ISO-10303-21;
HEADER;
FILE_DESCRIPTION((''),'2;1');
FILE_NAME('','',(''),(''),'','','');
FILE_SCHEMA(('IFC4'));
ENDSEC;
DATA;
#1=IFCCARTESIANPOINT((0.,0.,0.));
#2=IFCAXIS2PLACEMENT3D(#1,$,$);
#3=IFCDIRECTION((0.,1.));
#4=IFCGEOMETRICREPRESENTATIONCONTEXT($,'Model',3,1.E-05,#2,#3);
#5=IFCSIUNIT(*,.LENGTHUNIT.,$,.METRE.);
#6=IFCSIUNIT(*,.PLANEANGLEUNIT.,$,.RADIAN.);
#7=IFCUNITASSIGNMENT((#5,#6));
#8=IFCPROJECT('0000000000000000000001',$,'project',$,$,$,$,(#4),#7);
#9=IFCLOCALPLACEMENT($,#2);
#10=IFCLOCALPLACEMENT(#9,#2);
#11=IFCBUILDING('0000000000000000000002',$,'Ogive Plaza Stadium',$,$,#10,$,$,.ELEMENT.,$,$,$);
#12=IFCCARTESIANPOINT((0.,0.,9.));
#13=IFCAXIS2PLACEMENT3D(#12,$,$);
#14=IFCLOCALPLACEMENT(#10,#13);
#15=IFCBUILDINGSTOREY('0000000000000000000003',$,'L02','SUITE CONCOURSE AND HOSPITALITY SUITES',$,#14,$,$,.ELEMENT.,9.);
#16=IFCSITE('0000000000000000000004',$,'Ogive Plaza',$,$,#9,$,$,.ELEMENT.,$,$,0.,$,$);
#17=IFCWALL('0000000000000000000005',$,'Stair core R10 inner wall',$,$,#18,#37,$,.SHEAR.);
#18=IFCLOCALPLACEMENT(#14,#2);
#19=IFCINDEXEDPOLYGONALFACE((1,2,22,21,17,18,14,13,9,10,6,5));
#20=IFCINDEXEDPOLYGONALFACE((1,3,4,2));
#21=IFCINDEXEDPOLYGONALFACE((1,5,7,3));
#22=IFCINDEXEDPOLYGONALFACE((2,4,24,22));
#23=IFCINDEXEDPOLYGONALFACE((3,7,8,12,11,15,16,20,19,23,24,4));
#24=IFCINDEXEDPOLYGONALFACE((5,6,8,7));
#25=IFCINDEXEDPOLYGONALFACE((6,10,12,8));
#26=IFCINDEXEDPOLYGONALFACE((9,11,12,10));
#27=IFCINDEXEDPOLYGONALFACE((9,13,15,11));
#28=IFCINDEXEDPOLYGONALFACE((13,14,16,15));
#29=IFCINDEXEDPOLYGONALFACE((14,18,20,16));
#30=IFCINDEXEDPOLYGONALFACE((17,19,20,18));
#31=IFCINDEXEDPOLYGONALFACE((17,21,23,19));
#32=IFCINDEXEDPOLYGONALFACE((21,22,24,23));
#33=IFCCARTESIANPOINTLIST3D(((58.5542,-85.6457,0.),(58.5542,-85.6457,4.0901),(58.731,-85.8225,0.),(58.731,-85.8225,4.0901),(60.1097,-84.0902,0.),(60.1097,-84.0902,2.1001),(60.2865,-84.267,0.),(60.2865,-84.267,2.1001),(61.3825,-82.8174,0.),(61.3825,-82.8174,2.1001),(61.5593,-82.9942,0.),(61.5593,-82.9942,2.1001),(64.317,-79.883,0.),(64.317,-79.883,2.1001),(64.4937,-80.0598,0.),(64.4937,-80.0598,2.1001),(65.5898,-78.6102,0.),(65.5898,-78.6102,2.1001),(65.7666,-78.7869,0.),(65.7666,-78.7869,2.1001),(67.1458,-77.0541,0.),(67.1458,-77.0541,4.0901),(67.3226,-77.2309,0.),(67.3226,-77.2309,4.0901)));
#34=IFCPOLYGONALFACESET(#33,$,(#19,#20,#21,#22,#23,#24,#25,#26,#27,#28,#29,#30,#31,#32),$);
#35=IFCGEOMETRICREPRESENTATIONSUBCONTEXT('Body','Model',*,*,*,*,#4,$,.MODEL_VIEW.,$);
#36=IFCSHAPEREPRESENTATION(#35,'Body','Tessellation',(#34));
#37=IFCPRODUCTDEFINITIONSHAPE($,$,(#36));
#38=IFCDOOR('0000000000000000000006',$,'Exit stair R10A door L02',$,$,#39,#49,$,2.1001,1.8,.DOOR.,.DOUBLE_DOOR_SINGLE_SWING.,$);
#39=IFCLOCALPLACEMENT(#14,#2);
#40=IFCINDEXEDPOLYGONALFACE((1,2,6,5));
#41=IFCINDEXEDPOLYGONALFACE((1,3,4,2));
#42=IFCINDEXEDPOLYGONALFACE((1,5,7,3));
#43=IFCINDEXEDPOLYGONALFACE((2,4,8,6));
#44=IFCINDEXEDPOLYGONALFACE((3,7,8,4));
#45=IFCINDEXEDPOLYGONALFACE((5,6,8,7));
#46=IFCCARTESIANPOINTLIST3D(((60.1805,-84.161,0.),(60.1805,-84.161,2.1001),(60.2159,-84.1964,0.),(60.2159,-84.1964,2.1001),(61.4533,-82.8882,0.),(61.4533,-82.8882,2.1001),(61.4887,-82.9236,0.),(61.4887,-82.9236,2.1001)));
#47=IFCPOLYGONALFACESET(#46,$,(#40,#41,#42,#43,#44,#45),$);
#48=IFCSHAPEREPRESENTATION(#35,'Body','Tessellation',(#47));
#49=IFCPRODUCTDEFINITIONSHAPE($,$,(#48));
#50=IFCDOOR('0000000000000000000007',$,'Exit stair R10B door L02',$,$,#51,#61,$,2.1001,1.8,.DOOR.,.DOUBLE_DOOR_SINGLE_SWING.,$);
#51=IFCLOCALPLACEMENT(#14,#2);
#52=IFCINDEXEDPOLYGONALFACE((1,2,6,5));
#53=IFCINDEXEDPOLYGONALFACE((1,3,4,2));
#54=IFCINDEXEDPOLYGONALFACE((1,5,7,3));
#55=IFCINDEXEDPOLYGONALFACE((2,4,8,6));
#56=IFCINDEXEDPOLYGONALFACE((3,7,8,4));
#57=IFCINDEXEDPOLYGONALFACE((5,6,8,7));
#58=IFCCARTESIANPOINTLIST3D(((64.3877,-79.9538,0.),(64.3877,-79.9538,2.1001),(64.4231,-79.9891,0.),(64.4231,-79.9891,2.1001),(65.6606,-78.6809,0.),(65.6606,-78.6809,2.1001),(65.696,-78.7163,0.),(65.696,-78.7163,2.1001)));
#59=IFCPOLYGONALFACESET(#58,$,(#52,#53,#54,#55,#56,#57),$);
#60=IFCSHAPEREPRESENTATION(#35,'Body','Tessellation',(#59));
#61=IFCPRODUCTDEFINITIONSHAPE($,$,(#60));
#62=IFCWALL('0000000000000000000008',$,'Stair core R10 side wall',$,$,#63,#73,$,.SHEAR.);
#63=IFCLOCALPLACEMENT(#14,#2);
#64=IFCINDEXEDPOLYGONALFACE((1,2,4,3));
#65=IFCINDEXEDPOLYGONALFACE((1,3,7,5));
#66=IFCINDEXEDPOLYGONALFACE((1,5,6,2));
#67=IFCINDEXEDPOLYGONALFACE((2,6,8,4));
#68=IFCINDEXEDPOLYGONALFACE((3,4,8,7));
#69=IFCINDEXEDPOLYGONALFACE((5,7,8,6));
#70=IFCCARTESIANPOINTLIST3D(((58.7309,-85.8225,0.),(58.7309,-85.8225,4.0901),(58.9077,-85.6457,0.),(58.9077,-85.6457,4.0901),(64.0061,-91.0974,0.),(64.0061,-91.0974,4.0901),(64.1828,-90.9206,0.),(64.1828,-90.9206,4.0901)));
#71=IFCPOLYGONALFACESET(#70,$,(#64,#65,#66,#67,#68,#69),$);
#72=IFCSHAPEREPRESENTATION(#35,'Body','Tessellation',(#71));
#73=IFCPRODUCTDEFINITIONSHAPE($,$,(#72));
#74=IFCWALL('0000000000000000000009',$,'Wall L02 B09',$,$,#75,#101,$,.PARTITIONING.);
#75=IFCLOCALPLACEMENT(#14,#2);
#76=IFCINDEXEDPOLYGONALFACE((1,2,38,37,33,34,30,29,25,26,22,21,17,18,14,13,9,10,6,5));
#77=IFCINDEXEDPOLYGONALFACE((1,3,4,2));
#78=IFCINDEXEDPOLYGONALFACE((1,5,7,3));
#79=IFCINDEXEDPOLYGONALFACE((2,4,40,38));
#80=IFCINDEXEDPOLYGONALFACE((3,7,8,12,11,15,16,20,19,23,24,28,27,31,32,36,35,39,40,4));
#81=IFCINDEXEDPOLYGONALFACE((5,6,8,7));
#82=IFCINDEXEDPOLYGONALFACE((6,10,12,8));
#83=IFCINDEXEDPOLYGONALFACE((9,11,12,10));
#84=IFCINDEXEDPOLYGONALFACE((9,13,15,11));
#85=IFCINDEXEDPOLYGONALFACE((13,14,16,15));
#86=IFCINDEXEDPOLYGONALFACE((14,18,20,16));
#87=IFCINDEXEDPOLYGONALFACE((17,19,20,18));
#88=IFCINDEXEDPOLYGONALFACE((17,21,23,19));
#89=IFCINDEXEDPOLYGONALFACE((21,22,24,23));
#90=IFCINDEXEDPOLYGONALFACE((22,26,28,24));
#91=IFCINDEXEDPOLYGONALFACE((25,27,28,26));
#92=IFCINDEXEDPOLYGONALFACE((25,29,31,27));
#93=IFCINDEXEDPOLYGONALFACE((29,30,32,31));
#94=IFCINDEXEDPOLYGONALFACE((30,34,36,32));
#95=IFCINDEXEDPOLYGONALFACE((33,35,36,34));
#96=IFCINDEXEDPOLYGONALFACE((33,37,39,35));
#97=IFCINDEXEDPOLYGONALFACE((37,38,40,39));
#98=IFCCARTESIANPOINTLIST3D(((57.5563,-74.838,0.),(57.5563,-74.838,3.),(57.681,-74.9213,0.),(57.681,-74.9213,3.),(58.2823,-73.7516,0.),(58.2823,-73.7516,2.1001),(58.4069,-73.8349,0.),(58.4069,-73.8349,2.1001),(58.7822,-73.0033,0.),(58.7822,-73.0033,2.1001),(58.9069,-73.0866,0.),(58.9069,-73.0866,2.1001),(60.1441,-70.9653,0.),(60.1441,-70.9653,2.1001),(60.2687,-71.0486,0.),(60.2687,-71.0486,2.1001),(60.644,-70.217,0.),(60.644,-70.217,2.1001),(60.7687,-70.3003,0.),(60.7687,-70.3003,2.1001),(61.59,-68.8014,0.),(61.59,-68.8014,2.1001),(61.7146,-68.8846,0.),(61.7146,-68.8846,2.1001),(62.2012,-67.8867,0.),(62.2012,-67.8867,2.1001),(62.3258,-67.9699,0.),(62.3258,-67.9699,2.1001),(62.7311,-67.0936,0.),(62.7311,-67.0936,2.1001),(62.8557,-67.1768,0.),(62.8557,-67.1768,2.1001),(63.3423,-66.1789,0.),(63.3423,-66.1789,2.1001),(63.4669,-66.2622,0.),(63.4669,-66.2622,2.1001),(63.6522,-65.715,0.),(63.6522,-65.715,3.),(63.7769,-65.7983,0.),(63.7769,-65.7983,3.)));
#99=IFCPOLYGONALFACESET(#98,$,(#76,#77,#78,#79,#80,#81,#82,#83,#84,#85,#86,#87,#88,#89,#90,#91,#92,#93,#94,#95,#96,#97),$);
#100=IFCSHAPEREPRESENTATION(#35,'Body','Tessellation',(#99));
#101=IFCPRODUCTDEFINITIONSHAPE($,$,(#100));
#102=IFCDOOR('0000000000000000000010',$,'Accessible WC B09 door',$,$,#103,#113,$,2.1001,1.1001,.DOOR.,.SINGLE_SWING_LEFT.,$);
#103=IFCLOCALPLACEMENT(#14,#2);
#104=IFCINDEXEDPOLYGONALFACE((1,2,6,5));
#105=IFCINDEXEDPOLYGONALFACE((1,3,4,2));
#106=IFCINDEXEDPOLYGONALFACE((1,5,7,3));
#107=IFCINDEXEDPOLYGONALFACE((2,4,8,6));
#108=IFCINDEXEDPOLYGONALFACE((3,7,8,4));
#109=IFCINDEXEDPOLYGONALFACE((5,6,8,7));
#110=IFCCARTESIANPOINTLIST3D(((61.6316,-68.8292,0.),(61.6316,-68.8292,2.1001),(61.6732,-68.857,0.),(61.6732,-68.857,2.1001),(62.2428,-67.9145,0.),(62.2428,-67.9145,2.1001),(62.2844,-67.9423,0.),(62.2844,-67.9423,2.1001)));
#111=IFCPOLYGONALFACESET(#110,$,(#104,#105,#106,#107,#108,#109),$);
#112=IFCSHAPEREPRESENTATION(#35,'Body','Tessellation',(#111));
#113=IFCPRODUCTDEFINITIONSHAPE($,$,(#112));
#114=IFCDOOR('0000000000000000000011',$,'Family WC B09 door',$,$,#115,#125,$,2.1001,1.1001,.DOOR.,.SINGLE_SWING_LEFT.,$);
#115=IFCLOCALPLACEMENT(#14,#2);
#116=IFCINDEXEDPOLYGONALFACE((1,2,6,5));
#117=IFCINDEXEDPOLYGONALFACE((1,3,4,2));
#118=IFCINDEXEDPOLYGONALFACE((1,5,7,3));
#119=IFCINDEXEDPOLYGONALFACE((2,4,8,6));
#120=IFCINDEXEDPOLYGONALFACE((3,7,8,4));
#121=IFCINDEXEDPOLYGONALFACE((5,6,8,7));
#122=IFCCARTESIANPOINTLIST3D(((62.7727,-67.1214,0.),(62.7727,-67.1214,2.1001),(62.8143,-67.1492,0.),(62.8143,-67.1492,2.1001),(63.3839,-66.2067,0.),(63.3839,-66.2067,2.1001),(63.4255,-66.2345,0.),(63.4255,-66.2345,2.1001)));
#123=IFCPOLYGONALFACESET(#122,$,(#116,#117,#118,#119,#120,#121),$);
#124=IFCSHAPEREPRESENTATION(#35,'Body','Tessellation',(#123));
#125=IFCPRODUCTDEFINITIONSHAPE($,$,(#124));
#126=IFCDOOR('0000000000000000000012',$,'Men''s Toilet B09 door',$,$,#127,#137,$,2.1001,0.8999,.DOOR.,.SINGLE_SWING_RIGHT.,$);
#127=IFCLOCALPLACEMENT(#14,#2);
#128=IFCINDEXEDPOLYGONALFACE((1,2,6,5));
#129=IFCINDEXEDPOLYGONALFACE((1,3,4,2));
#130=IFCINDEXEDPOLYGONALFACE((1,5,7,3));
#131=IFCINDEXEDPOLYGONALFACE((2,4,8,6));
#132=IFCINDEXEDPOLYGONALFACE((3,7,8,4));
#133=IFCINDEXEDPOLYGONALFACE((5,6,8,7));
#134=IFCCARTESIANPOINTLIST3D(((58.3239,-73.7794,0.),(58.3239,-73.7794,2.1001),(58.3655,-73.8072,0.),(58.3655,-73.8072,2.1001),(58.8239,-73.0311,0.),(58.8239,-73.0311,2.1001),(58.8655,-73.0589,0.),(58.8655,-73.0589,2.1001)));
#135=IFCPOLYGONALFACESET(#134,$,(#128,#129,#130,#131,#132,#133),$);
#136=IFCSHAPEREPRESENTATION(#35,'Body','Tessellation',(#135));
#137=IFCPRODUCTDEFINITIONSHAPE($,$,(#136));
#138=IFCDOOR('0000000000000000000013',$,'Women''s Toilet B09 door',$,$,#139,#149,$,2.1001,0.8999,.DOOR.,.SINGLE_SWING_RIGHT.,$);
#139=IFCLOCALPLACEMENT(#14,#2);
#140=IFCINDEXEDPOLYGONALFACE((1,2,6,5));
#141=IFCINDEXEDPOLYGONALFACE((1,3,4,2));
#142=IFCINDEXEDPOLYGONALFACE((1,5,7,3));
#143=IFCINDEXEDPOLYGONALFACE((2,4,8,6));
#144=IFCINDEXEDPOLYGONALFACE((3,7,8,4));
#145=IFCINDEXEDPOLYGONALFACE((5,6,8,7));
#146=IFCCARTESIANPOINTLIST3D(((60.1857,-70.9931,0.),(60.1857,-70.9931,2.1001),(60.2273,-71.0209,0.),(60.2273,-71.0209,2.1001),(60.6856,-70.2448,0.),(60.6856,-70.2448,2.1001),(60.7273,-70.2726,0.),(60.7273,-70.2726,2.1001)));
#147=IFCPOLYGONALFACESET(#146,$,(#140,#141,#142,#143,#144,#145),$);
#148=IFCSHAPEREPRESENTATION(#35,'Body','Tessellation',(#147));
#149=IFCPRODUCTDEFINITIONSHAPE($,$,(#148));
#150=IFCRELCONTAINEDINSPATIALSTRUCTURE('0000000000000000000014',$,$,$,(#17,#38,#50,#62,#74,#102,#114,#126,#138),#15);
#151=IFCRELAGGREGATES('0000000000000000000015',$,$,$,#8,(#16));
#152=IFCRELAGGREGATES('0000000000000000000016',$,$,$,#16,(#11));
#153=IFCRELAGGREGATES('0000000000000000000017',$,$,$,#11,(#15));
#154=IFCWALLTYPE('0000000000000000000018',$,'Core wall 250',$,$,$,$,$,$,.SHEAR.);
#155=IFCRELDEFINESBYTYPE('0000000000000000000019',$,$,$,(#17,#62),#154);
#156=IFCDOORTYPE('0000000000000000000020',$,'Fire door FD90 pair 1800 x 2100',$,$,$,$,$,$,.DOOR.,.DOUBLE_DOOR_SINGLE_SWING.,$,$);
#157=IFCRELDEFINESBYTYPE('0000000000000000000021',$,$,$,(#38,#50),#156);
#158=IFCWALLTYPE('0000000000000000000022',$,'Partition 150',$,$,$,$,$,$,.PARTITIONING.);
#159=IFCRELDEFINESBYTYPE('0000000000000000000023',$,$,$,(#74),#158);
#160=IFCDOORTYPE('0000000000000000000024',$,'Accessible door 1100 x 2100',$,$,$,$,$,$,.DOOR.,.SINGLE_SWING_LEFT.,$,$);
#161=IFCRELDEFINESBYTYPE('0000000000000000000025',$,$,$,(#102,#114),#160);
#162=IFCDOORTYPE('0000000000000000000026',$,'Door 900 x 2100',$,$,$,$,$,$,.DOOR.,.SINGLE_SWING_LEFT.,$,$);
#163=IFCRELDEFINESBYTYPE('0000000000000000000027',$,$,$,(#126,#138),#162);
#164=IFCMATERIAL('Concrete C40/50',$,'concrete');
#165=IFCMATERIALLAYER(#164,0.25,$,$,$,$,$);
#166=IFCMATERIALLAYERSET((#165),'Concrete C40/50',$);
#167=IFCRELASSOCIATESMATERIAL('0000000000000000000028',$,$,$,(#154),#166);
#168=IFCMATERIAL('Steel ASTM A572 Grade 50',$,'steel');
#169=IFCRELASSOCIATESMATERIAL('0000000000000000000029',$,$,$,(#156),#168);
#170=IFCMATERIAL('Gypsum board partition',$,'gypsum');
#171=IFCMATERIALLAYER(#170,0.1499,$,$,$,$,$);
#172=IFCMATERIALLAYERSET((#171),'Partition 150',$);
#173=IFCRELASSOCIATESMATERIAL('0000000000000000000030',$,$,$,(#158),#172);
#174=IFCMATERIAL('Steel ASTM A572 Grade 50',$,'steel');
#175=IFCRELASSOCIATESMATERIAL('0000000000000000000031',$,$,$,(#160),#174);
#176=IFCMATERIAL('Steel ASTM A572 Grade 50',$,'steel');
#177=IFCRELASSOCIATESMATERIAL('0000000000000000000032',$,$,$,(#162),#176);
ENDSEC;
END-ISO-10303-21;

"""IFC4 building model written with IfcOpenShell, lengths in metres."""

from ifc_helpers import new_model, si_unit, direction, frame, frame_2d, origin, place, context, subcontext, project, spatial, rectangle, extrude, material, layer, layer_set, type_object, element, fill, save


model = new_model("IFC4")

# Units and contexts
model_context = context("Model", 3, precision=1e-05, world=origin(), true_north=direction((0.0, 1.0)))
body_context = subcontext(model_context, "Body", "Model", "MODEL_VIEW")
ifc_project = project(units=[si_unit("LENGTHUNIT", "METRE"), si_unit("PLANEANGLEUNIT", "RADIAN")], contexts=[model_context])

# Site, building, storey
site_placement = place(None, origin())
site = spatial("IfcSite", under=ifc_project, at=site_placement, Name="Ogive Plaza", CompositionType="ELEMENT", RefElevation=0.0)
building_placement = place(site_placement, origin())
building = spatial("IfcBuilding", under=site, at=building_placement, Name="Ogive Plaza Stadium", CompositionType="ELEMENT")
storey_placement = place(building_placement, frame((0.0, 0.0, 9.0)))
storey = spatial("IfcBuildingStorey", under=building, at=storey_placement, Name="L02", Description="SUITE CONCOURSE AND HOSPITALITY SUITES", CompositionType="ELEMENT", Elevation=9.0)

# Wall, openings, doors
ifc_material_1 = material(Name="Concrete C40/50", Category="concrete")
ifc_layer_1 = layer(ifc_material_1, 0.25)
ifc_layer_set_1 = layer_set([ifc_layer_1], Name="Concrete C40/50")
wall_type_1 = type_object("IfcWallType", Name="Core wall 250", PredefinedType="SHEAR", material=ifc_layer_set_1)
wall_1_placement = place(storey_placement, frame((58.6426, -85.7341, 0.0), z_axis=(0.0, 0.0, 1.0), x_axis=(0.707107, 0.707107, 0.0)))
wall_1 = element("IfcWall", 1, at=wall_1_placement, inside=storey, type_object=wall_type_1, Name="Stair core R10 inner wall", PredefinedType="SHEAR", context=body_context, shape_type="SweptSolid", body=[
    extrude(rectangle(XDim=12.1504, YDim=0.25, at=frame_2d((6.0752, 0.0))), origin(), (0.0, 0.0, 1.0), 4.0901),
])
opening_1_placement = place(wall_1_placement, frame((2.2, 0.0, 0.0)))
opening_1 = element("IfcOpeningElement", 2, at=opening_1_placement, cuts=wall_1, PredefinedType="OPENING", context=body_context, shape_type="SweptSolid", body=[
    extrude(rectangle(XDim=1.8, YDim=2.1001, at=frame_2d((0.8999, 1.05))), frame((0.0, 0.125, 0.0), z_axis=(0.0, -1.0, 0.0), x_axis=(1.0, 0.0, 0.0)), (0.0, 0.0, 1.0), 0.25),
])
opening_2_placement = place(wall_1_placement, frame((8.1499, 0.0, 0.0)))
opening_2 = element("IfcOpeningElement", 3, at=opening_2_placement, cuts=wall_1, PredefinedType="OPENING", context=body_context, shape_type="SweptSolid", body=[
    extrude(rectangle(XDim=1.8, YDim=2.1001, at=frame_2d((0.8999, 1.05))), frame((0.0, 0.125, 0.0), z_axis=(0.0, -1.0, 0.0), x_axis=(1.0, 0.0, 0.0)), (0.0, 0.0, 1.0), 0.25),
])
ifc_material_2 = material(Name="Steel ASTM A572 Grade 50", Category="steel")
door_type_1 = type_object("IfcDoorType", Name="Fire door FD90 pair 1800 x 2100", OperationType="DOUBLE_DOOR_SINGLE_SWING", PredefinedType="DOOR", material=ifc_material_2)
door_1_placement = place(opening_1_placement, origin())
door_1 = element("IfcDoor", 4, at=door_1_placement, inside=storey, type_object=door_type_1, Name="Exit stair R10A door L02", OperationType="DOUBLE_DOOR_SINGLE_SWING", OverallHeight=2.1001, OverallWidth=1.8, PredefinedType="DOOR", context=body_context, shape_type="SweptSolid", body=[
    extrude(rectangle(XDim=1.8, YDim=2.1001, at=frame_2d((0.8999, 1.05))), frame((0.0, 0.0249, 0.0), z_axis=(0.0, -1.0, 0.0), x_axis=(1.0, 0.0, 0.0)), (0.0, 0.0, 1.0), 0.05),
])
fill(opening_1, door_1)
door_2_placement = place(opening_2_placement, origin())
door_2 = element("IfcDoor", 5, at=door_2_placement, inside=storey, type_object=door_type_1, Name="Exit stair R10B door L02", OperationType="DOUBLE_DOOR_SINGLE_SWING", OverallHeight=2.1001, OverallWidth=1.8, PredefinedType="DOOR", context=body_context, shape_type="SweptSolid", body=[
    extrude(rectangle(XDim=1.8, YDim=2.1001, at=frame_2d((0.8999, 1.05))), frame((0.0, 0.0249, 0.0), z_axis=(0.0, -1.0, 0.0), x_axis=(1.0, 0.0, 0.0)), (0.0, 0.0, 1.0), 0.05),
])
fill(opening_2, door_2)

# Wall
wall_2_placement = place(storey_placement, frame((58.8193, -85.7341, 0.0), z_axis=(0.0, 0.0, 1.0), x_axis=(0.707123, -0.70709, 0.0)))
element("IfcWall", 6, at=wall_2_placement, inside=storey, type_object=wall_type_1, Name="Stair core R10 side wall", PredefinedType="SHEAR", context=body_context, shape_type="SweptSolid", body=[
    extrude(rectangle(XDim=7.46, YDim=0.25, at=frame_2d((3.73, 0.0))), origin(), (0.0, 0.0, 1.0), 4.0901),
])

# Wall, openings, doors
ifc_material_3 = material(Name="Gypsum board partition", Category="gypsum")
ifc_layer_2 = layer(ifc_material_3, 0.1499)
ifc_layer_set_2 = layer_set([ifc_layer_2], Name="Partition 150")
wall_type_2 = type_object("IfcWallType", Name="Partition 150", PredefinedType="PARTITIONING", material=ifc_layer_set_2)
wall_3_placement = place(storey_placement, frame((57.6187, -74.8796, 0.0), z_axis=(0.0, 0.0, 1.0), x_axis=(0.555578, 0.831464, 0.0)))
wall_3 = element("IfcWall", 7, at=wall_3_placement, inside=storey, type_object=wall_type_2, Name="Wall L02 B09", PredefinedType="PARTITIONING", context=body_context, shape_type="SweptSolid", body=[
    extrude(rectangle(XDim=10.9722, YDim=0.1499, at=frame_2d((5.4861, 0.0))), origin(), (0.0, 0.0, 1.0), 3.0),
])
opening_3_placement = place(wall_3_placement, frame((1.3066, 0.0, 0.0)))
opening_3 = element("IfcOpeningElement", 8, at=opening_3_placement, cuts=wall_3, PredefinedType="OPENING", context=body_context, shape_type="SweptSolid", body=[
    extrude(rectangle(XDim=0.8999, YDim=2.1001, at=frame_2d((0.45, 1.05))), frame((0.0, 0.075, 0.0), z_axis=(0.0, -1.0, 0.0), x_axis=(1.0, 0.0, 0.0)), (0.0, 0.0, 1.0), 0.1499),
])
opening_4_placement = place(wall_3_placement, frame((4.6577, 0.0, 0.0)))
opening_4 = element("IfcOpeningElement", 9, at=opening_4_placement, cuts=wall_3, PredefinedType="OPENING", context=body_context, shape_type="SweptSolid", body=[
    extrude(rectangle(XDim=0.8999, YDim=2.1001, at=frame_2d((0.45, 1.05))), frame((0.0, 0.075, 0.0), z_axis=(0.0, -1.0, 0.0), x_axis=(1.0, 0.0, 0.0)), (0.0, 0.0, 1.0), 0.1499),
])
opening_5_placement = place(wall_3_placement, frame((7.2603, 0.0, 0.0)))
opening_5 = element("IfcOpeningElement", 10, at=opening_5_placement, cuts=wall_3, PredefinedType="OPENING", context=body_context, shape_type="SweptSolid", body=[
    extrude(rectangle(XDim=1.1001, YDim=2.1001, at=frame_2d((0.55, 1.05))), frame((0.0, 0.075, 0.0), z_axis=(0.0, -1.0, 0.0), x_axis=(1.0, 0.0, 0.0)), (0.0, 0.0, 1.0), 0.1499),
])
opening_6_placement = place(wall_3_placement, frame((9.3142, 0.0, 0.0)))
opening_6 = element("IfcOpeningElement", 11, at=opening_6_placement, cuts=wall_3, PredefinedType="OPENING", context=body_context, shape_type="SweptSolid", body=[
    extrude(rectangle(XDim=1.1001, YDim=2.1001, at=frame_2d((0.55, 1.05))), frame((0.0, 0.075, 0.0), z_axis=(0.0, -1.0, 0.0), x_axis=(1.0, 0.0, 0.0)), (0.0, 0.0, 1.0), 0.1499),
])
ifc_material_4 = material(Name="Steel ASTM A572 Grade 50", Category="steel")
door_type_2 = type_object("IfcDoorType", Name="Accessible door 1100 x 2100", OperationType="SINGLE_SWING_LEFT", PredefinedType="DOOR", material=ifc_material_4)
door_3_placement = place(opening_5_placement, origin())
door_3 = element("IfcDoor", 12, at=door_3_placement, inside=storey, type_object=door_type_2, Name="Accessible WC B09 door", OperationType="SINGLE_SWING_LEFT", OverallHeight=2.1001, OverallWidth=1.1001, PredefinedType="DOOR", context=body_context, shape_type="SweptSolid", body=[
    extrude(rectangle(XDim=1.1001, YDim=2.1001, at=frame_2d((0.55, 1.05))), frame((0.0, 0.0249, 0.0), z_axis=(0.0, -1.0, 0.0), x_axis=(1.0, 0.0, 0.0)), (0.0, 0.0, 1.0), 0.05),
])
fill(opening_5, door_3)
door_4_placement = place(opening_6_placement, origin())
door_4 = element("IfcDoor", 13, at=door_4_placement, inside=storey, type_object=door_type_2, Name="Family WC B09 door", OperationType="SINGLE_SWING_LEFT", OverallHeight=2.1001, OverallWidth=1.1001, PredefinedType="DOOR", context=body_context, shape_type="SweptSolid", body=[
    extrude(rectangle(XDim=1.1001, YDim=2.1001, at=frame_2d((0.55, 1.05))), frame((0.0, 0.0249, 0.0), z_axis=(0.0, -1.0, 0.0), x_axis=(1.0, 0.0, 0.0)), (0.0, 0.0, 1.0), 0.05),
])
fill(opening_6, door_4)
ifc_material_5 = material(Name="Steel ASTM A572 Grade 50", Category="steel")
door_type_3 = type_object("IfcDoorType", Name="Door 900 x 2100", OperationType="SINGLE_SWING_LEFT", PredefinedType="DOOR", material=ifc_material_5)
door_5_placement = place(opening_3_placement, origin())
door_5 = element("IfcDoor", 14, at=door_5_placement, inside=storey, type_object=door_type_3, Name="Men's Toilet B09 door", OperationType="SINGLE_SWING_RIGHT", OverallHeight=2.1001, OverallWidth=0.8999, PredefinedType="DOOR", context=body_context, shape_type="SweptSolid", body=[
    extrude(rectangle(XDim=0.8999, YDim=2.1001, at=frame_2d((0.45, 1.05))), frame((0.0, 0.0249, 0.0), z_axis=(0.0, -1.0, 0.0), x_axis=(1.0, 0.0, 0.0)), (0.0, 0.0, 1.0), 0.05),
])
fill(opening_3, door_5)
door_6_placement = place(opening_4_placement, origin())
door_6 = element("IfcDoor", 15, at=door_6_placement, inside=storey, type_object=door_type_3, Name="Women's Toilet B09 door", OperationType="SINGLE_SWING_RIGHT", OverallHeight=2.1001, OverallWidth=0.8999, PredefinedType="DOOR", context=body_context, shape_type="SweptSolid", body=[
    extrude(rectangle(XDim=0.8999, YDim=2.1001, at=frame_2d((0.45, 1.05))), frame((0.0, 0.0249, 0.0), z_axis=(0.0, -1.0, 0.0), x_axis=(1.0, 0.0, 0.0)), (0.0, 0.0, 1.0), 0.05),
])
fill(opening_4, door_6)

save(model, "model.ifc")
